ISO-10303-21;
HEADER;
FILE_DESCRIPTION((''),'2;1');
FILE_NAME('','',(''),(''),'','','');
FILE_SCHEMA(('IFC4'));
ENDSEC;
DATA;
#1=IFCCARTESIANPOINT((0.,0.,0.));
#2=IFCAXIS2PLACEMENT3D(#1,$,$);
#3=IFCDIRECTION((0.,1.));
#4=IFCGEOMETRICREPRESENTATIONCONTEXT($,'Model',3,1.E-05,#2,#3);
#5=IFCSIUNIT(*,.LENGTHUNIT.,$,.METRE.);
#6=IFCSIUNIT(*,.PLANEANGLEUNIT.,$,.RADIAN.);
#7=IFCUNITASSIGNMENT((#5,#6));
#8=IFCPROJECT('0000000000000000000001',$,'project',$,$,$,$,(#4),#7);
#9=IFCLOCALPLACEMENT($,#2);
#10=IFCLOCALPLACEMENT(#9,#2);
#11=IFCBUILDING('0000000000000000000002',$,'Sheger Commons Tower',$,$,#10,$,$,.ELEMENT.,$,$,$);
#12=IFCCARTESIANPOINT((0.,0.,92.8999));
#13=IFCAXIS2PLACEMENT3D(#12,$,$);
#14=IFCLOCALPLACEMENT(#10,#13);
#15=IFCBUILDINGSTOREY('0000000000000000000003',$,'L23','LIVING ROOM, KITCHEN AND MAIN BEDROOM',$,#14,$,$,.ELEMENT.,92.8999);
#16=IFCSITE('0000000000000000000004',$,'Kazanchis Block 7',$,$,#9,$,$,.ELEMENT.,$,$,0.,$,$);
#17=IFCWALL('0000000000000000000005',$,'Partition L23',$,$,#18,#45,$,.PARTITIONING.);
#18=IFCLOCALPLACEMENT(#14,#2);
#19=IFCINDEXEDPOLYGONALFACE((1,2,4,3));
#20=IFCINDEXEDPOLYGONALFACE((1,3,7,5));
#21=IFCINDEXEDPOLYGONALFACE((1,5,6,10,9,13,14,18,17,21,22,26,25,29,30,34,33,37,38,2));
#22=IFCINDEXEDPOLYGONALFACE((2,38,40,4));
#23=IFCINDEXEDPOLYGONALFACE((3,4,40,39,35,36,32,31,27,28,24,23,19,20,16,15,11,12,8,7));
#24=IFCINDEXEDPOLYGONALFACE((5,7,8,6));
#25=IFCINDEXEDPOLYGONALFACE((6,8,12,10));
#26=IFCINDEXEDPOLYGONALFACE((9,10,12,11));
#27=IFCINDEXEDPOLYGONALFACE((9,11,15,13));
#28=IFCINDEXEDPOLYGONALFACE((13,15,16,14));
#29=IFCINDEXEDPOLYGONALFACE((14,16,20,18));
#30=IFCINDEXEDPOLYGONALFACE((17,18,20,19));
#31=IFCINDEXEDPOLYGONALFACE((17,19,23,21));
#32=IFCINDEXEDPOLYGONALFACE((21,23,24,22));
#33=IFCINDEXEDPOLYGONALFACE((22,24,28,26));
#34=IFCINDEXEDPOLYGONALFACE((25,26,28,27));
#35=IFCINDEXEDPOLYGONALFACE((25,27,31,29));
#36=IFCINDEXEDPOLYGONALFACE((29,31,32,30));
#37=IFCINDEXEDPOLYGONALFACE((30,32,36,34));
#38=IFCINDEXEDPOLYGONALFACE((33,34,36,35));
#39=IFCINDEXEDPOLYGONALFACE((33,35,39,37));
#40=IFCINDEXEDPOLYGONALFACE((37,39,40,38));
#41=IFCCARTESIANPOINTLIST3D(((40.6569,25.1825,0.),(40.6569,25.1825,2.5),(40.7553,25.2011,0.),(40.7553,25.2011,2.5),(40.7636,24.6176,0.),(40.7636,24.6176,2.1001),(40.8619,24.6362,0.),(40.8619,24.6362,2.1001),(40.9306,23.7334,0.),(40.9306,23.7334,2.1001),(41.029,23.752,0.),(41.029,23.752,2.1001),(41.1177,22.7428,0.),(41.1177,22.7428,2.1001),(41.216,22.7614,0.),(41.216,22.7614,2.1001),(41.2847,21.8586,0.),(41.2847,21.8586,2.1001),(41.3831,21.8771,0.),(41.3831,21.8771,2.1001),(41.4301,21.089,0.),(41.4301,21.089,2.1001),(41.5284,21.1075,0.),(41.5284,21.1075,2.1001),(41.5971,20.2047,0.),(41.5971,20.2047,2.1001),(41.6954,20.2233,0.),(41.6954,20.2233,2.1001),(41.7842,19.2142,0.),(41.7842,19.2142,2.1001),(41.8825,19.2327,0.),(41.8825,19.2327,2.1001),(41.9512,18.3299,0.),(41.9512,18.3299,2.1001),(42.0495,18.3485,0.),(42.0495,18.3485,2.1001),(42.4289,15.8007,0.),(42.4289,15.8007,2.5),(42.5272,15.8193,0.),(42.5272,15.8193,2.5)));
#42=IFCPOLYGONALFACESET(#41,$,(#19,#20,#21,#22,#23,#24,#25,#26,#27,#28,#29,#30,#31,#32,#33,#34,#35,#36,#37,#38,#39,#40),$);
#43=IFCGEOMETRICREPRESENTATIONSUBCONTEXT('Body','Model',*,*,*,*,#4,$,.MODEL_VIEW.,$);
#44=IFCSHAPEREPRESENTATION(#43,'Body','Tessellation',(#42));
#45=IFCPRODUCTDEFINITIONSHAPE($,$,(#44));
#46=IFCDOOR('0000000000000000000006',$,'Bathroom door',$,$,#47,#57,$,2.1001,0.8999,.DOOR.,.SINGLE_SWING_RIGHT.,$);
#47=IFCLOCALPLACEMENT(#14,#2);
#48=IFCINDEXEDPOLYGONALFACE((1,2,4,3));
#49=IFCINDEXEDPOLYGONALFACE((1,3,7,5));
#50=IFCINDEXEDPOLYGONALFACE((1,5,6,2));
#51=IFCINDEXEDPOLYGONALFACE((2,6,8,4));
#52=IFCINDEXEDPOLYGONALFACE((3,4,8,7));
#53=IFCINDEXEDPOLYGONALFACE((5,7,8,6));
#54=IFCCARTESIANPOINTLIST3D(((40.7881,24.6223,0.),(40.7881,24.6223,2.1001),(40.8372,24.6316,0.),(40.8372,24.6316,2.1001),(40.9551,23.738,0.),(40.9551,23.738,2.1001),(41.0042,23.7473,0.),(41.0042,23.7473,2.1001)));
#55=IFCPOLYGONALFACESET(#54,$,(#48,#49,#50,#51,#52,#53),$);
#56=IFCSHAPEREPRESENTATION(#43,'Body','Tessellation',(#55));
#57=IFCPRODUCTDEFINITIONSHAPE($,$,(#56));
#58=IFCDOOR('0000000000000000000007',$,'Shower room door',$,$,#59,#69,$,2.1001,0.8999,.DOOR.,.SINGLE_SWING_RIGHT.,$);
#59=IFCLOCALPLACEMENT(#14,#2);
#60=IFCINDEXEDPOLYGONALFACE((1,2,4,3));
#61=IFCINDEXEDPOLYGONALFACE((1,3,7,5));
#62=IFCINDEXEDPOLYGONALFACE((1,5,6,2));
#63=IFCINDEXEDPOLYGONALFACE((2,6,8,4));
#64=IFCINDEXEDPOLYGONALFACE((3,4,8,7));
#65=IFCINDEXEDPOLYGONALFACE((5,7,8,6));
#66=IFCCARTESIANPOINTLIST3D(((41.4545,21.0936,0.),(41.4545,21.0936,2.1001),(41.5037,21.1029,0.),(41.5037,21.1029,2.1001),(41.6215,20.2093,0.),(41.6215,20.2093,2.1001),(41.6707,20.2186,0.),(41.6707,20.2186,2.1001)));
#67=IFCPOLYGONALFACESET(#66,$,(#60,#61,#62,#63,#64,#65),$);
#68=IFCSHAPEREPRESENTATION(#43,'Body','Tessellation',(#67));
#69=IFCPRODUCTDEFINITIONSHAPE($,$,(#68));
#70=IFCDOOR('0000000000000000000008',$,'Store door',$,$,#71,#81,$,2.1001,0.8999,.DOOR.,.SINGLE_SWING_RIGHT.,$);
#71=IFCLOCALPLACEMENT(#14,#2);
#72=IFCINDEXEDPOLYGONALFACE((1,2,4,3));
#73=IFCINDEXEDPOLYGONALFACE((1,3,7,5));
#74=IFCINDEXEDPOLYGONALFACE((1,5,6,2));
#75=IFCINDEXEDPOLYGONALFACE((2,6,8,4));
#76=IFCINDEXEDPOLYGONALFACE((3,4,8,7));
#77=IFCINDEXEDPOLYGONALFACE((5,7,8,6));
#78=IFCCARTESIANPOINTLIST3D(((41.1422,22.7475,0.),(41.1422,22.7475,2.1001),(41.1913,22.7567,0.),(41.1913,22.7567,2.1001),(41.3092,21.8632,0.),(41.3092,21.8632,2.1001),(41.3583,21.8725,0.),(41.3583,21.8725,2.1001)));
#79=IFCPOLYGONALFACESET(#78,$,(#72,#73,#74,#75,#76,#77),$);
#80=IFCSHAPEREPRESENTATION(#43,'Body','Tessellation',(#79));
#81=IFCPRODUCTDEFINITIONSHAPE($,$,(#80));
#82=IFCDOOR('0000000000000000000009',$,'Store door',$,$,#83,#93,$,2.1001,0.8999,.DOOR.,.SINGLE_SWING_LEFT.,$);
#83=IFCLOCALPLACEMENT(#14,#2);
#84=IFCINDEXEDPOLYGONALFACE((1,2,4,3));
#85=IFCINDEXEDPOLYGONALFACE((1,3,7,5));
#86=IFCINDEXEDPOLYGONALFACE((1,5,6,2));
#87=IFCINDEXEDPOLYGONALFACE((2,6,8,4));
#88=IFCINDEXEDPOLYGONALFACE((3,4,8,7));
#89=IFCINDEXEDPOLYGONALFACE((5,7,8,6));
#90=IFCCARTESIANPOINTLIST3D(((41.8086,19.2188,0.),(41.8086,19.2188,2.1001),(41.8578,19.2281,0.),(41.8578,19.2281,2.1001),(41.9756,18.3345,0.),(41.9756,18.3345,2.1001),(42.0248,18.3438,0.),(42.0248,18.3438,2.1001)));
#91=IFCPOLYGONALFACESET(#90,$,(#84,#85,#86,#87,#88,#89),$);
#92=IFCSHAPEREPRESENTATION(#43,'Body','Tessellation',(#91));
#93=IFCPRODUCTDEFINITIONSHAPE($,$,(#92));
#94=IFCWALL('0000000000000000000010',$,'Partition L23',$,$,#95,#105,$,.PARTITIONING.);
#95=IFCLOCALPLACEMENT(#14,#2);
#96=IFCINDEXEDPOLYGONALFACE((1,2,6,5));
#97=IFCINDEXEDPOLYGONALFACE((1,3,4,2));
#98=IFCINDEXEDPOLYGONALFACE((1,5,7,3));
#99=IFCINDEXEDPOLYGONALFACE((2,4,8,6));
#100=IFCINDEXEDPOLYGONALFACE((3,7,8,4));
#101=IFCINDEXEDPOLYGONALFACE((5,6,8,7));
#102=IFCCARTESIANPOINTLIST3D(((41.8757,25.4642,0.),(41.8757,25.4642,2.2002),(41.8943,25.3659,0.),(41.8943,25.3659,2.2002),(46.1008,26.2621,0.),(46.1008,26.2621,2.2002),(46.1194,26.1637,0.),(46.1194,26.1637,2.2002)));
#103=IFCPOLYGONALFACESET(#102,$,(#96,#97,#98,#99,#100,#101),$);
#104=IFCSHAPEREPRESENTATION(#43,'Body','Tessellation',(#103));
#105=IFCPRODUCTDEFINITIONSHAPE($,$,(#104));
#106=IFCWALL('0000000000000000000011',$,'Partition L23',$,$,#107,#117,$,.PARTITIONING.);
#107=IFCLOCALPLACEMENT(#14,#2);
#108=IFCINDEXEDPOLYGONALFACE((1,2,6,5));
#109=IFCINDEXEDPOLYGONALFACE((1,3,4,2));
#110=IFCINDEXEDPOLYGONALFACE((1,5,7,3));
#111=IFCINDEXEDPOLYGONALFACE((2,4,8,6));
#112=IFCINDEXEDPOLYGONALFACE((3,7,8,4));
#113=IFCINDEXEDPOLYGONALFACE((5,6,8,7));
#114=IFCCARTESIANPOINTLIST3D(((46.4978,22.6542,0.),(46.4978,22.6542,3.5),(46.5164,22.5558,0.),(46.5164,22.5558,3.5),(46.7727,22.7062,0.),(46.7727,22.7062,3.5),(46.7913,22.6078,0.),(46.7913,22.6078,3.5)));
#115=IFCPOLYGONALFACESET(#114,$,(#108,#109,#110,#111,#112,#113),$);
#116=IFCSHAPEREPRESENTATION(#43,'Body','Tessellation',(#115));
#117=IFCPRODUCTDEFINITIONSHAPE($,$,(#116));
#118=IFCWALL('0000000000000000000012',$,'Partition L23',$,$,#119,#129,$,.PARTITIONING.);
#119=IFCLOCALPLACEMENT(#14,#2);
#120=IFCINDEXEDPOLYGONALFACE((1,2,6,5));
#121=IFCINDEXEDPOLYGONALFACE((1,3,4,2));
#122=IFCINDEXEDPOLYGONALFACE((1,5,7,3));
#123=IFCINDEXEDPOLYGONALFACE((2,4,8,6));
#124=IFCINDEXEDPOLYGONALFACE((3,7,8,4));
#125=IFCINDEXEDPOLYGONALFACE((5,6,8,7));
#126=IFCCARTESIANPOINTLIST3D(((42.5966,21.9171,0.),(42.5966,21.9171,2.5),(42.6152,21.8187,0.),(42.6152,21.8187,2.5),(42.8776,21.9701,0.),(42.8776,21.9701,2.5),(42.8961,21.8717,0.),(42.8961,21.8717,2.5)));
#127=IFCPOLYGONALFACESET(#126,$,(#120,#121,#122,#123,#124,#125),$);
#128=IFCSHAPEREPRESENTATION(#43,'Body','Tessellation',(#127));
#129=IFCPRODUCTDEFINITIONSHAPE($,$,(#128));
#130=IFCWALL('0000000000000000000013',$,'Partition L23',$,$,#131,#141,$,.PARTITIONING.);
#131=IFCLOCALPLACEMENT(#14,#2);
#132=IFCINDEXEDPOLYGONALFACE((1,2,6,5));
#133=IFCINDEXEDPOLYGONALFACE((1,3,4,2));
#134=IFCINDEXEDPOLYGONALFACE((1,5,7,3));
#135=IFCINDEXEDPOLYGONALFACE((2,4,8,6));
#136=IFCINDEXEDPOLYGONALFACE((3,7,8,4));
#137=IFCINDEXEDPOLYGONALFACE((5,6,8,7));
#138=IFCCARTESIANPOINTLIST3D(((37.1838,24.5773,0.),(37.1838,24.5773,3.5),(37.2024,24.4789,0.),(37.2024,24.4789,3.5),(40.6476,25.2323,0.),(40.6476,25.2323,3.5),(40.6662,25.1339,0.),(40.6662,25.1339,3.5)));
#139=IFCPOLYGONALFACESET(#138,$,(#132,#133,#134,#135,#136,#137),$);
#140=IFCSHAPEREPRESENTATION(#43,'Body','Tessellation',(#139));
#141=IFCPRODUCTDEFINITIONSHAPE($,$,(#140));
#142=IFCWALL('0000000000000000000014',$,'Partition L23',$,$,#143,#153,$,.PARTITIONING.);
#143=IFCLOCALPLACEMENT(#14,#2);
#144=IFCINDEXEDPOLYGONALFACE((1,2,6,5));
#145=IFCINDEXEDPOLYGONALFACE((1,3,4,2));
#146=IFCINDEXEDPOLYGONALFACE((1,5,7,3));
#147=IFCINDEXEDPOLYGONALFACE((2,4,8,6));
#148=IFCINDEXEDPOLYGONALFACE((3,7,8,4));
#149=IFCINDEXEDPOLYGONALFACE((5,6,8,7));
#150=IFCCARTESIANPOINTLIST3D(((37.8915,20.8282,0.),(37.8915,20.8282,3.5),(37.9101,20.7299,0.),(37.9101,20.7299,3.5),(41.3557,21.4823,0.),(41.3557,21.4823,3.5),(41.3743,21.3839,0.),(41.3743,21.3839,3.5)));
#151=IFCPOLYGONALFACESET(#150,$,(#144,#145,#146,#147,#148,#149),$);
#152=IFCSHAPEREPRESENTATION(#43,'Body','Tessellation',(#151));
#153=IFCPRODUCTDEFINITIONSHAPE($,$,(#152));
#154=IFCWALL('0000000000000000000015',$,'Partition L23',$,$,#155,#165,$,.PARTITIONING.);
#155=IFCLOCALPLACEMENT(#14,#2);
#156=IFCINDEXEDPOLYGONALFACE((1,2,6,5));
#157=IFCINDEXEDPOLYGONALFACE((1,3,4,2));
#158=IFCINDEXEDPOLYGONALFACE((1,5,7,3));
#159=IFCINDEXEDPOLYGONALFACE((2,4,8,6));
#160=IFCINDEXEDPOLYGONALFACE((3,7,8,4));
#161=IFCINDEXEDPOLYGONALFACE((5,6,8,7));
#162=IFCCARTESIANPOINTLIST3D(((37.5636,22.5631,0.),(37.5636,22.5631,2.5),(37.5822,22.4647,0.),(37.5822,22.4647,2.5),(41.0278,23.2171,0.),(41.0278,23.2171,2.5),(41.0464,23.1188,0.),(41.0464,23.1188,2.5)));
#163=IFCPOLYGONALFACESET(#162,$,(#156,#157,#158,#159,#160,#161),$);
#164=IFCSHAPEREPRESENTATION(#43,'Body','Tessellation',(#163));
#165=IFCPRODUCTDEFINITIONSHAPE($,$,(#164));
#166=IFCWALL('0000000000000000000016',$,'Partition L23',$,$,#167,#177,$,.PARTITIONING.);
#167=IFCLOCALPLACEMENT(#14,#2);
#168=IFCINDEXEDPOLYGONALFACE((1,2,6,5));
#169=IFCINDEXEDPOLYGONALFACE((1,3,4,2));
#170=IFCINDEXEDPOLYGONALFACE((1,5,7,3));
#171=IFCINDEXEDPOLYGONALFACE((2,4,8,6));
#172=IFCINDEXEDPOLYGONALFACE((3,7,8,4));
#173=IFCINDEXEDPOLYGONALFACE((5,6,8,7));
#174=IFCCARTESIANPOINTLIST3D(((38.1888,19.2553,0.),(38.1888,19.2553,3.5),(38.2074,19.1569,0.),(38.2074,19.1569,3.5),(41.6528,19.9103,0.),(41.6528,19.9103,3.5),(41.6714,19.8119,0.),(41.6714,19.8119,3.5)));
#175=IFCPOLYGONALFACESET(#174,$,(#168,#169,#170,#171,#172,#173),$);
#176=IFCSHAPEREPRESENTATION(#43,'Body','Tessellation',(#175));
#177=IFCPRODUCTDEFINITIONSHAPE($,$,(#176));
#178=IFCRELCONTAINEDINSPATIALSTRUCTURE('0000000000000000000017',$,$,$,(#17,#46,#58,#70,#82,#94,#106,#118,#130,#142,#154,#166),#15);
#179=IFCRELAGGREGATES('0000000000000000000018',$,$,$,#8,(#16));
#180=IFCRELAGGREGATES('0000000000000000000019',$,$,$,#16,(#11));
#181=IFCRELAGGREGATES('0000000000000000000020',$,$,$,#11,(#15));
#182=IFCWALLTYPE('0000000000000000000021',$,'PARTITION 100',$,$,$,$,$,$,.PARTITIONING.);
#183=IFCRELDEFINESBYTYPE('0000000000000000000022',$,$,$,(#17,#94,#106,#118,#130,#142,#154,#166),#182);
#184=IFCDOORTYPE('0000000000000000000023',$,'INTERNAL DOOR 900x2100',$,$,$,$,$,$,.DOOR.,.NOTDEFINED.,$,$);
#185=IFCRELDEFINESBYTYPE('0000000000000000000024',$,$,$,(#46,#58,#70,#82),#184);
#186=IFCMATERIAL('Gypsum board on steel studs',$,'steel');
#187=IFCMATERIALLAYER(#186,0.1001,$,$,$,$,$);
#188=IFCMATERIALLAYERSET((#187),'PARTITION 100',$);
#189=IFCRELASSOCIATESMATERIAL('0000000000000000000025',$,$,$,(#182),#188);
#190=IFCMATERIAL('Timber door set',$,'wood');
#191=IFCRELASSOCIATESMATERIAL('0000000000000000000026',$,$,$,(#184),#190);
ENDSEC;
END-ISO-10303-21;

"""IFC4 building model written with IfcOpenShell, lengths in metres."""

from ifc_helpers import new_model, si_unit, direction, frame, frame_2d, origin, place, context, subcontext, project, spatial, rectangle, extrude, material, layer, layer_set, type_object, element, fill, save


model = new_model("IFC4")

# Units and contexts
model_context = context("Model", 3, precision=1e-05, world=origin(), true_north=direction((0.0, 1.0)))
body_context = subcontext(model_context, "Body", "Model", "MODEL_VIEW")
ifc_project = project(units=[si_unit("LENGTHUNIT", "METRE"), si_unit("PLANEANGLEUNIT", "RADIAN")], contexts=[model_context])

# Site, building, storey
site_placement = place(None, origin())
site = spatial("IfcSite", under=ifc_project, at=site_placement, Name="Kazanchis Block 7", CompositionType="ELEMENT", RefElevation=0.0)
building_placement = place(site_placement, origin())
building = spatial("IfcBuilding", under=site, at=building_placement, Name="Sheger Commons Tower", CompositionType="ELEMENT")
storey_placement = place(building_placement, frame((0.0, 0.0, 92.8999)))
storey = spatial("IfcBuildingStorey", under=building, at=storey_placement, Name="L23", Description="LIVING ROOM, KITCHEN AND MAIN BEDROOM", CompositionType="ELEMENT", Elevation=92.8999)

# Wall, openings, doors
ifc_material_1 = material(Name="Gypsum board on steel studs", Category="steel")
ifc_layer = layer(ifc_material_1, 0.1001)
ifc_layer_set = layer_set([ifc_layer], Name="PARTITION 100")
wall_type = type_object("IfcWallType", Name="PARTITION 100", PredefinedType="PARTITIONING", material=ifc_layer_set)
ifc_material_2 = material(Name="Timber door set", Category="wood")
door_type = type_object("IfcDoorType", Name="INTERNAL DOOR 900x2100", OperationType="NOTDEFINED", PredefinedType="DOOR", material=ifc_material_2)
wall_1_placement = place(storey_placement, frame((40.7061, 25.1919, 0.0), z_axis=(0.0, 0.0, 1.0), x_axis=(0.185591, -0.982627, 0.0)))
wall_1 = element("IfcWall", 1, at=wall_1_placement, inside=storey, type_object=wall_type, Name="Partition L23", PredefinedType="PARTITIONING", context=body_context, shape_type="SweptSolid", body=[
    extrude(rectangle(XDim=9.5476, YDim=0.1001, at=frame_2d((4.7739, 0.0))), origin(), (0.0, 0.0, 1.0), 2.5),
])
opening_1_placement = place(wall_1_placement, frame((0.575, 0.0, 0.0)))
opening_1 = element("IfcOpeningElement", 2, at=opening_1_placement, cuts=wall_1, PredefinedType="OPENING", context=body_context, shape_type="SweptSolid", body=[
    extrude(rectangle(XDim=0.8999, YDim=2.1001, at=frame_2d((0.45, 1.05))), frame((0.0, 0.0601, 0.0), z_axis=(0.0, -1.0, 0.0), x_axis=(1.0, 0.0, 0.0)), (0.0, 0.0, 1.0), 0.1201),
])
opening_2_placement = place(wall_1_placement, frame((4.166, 0.0, 0.0)))
opening_2 = element("IfcOpeningElement", 3, at=opening_2_placement, cuts=wall_1, PredefinedType="OPENING", context=body_context, shape_type="SweptSolid", body=[
    extrude(rectangle(XDim=0.8999, YDim=2.1001, at=frame_2d((0.45, 1.05))), frame((0.0, 0.0601, 0.0), z_axis=(0.0, -1.0, 0.0), x_axis=(1.0, 0.0, 0.0)), (0.0, 0.0, 1.0), 0.1201),
])
opening_3_placement = place(wall_1_placement, frame((2.4829, 0.0, 0.0)))
opening_3 = element("IfcOpeningElement", 4, at=opening_3_placement, cuts=wall_1, PredefinedType="OPENING", context=body_context, shape_type="SweptSolid", body=[
    extrude(rectangle(XDim=0.8999, YDim=2.1001, at=frame_2d((0.45, 1.05))), frame((0.0, 0.0601, 0.0), z_axis=(0.0, -1.0, 0.0), x_axis=(1.0, 0.0, 0.0)), (0.0, 0.0, 1.0), 0.1201),
])
opening_4_placement = place(wall_1_placement, frame((6.074, 0.0, 0.0)))
opening_4 = element("IfcOpeningElement", 5, at=opening_4_placement, cuts=wall_1, PredefinedType="OPENING", context=body_context, shape_type="SweptSolid", body=[
    extrude(rectangle(XDim=0.8999, YDim=2.1001, at=frame_2d((0.45, 1.05))), frame((0.0, 0.0601, 0.0), z_axis=(0.0, -1.0, 0.0), x_axis=(1.0, 0.0, 0.0)), (0.0, 0.0, 1.0), 0.1201),
])
door_1_placement = place(opening_1_placement, origin())
door_1 = element("IfcDoor", 6, at=door_1_placement, inside=storey, type_object=door_type, Name="Bathroom door", OperationType="SINGLE_SWING_RIGHT", OverallHeight=2.1001, OverallWidth=0.8999, PredefinedType="DOOR", context=body_context, shape_type="SweptSolid", body=[
    extrude(rectangle(XDim=0.8999, YDim=2.1001, at=frame_2d((0.45, 1.05))), frame((0.0, 0.0249, 0.0), z_axis=(0.0, -1.0, 0.0), x_axis=(1.0, 0.0, 0.0)), (0.0, 0.0, 1.0), 0.05),
])
fill(opening_1, door_1)
door_2_placement = place(opening_2_placement, origin())
door_2 = element("IfcDoor", 7, at=door_2_placement, inside=storey, type_object=door_type, Name="Shower room door", OperationType="SINGLE_SWING_RIGHT", OverallHeight=2.1001, OverallWidth=0.8999, PredefinedType="DOOR", context=body_context, shape_type="SweptSolid", body=[
    extrude(rectangle(XDim=0.8999, YDim=2.1001, at=frame_2d((0.45, 1.05))), frame((0.0, 0.0249, 0.0), z_axis=(0.0, -1.0, 0.0), x_axis=(1.0, 0.0, 0.0)), (0.0, 0.0, 1.0), 0.05),
])
fill(opening_2, door_2)
door_3_placement = place(opening_3_placement, origin())
door_3 = element("IfcDoor", 8, at=door_3_placement, inside=storey, type_object=door_type, Name="Store door", OperationType="SINGLE_SWING_RIGHT", OverallHeight=2.1001, OverallWidth=0.8999, PredefinedType="DOOR", context=body_context, shape_type="SweptSolid", body=[
    extrude(rectangle(XDim=0.8999, YDim=2.1001, at=frame_2d((0.45, 1.05))), frame((0.0, 0.0249, 0.0), z_axis=(0.0, -1.0, 0.0), x_axis=(1.0, 0.0, 0.0)), (0.0, 0.0, 1.0), 0.05),
])
fill(opening_3, door_3)
door_4_placement = place(opening_4_placement, origin())
door_4 = element("IfcDoor", 9, at=door_4_placement, inside=storey, type_object=door_type, Name="Store door", OperationType="SINGLE_SWING_LEFT", OverallHeight=2.1001, OverallWidth=0.8999, PredefinedType="DOOR", context=body_context, shape_type="SweptSolid", body=[
    extrude(rectangle(XDim=0.8999, YDim=2.1001, at=frame_2d((0.45, 1.05))), frame((0.0, 0.0249, 0.0), z_axis=(0.0, -1.0, 0.0), x_axis=(1.0, 0.0, 0.0)), (0.0, 0.0, 1.0), 0.05),
])
fill(opening_4, door_4)

# Walls
wall_2_placement = place(storey_placement, frame((46.1101, 26.2129, 0.0), z_axis=(0.0, 0.0, 1.0), x_axis=(-0.982634, -0.185557, 0.0)))
element("IfcWall", 10, at=wall_2_placement, inside=storey, type_object=wall_type, Name="Partition L23", PredefinedType="PARTITIONING", context=body_context, shape_type="SweptSolid", body=[
    extrude(rectangle(XDim=4.2998, YDim=0.1001, at=frame_2d((2.1499, 0.0))), origin(), (0.0, 0.0, 1.0), 2.2002),
])
wall_3_placement = place(storey_placement, frame((46.782, 22.657, 0.0), z_axis=(0.0, 0.0, 1.0), x_axis=(-0.982575, -0.185869, 0.0)))
element("IfcWall", 11, at=wall_3_placement, inside=storey, type_object=wall_type, Name="Partition L23", PredefinedType="PARTITIONING", context=body_context, shape_type="SweptSolid", body=[
    extrude(rectangle(XDim=0.2798, YDim=0.1001, at=frame_2d((0.1399, 0.0))), origin(), (0.0, 0.0, 1.0), 3.5),
])
wall_4_placement = place(storey_placement, frame((42.887, 21.9209, 0.0), z_axis=(0.0, 0.0, 1.0), x_axis=(-0.982688, -0.185268, 0.0)))
element("IfcWall", 12, at=wall_4_placement, inside=storey, type_object=wall_type, Name="Partition L23", PredefinedType="PARTITIONING", context=body_context, shape_type="SweptSolid", body=[
    extrude(rectangle(XDim=0.2859, YDim=0.1001, at=frame_2d((0.1431, 0.0))), origin(), (0.0, 0.0, 1.0), 2.5),
])
wall_5_placement = place(storey_placement, frame((40.657, 25.1831, 0.0), z_axis=(0.0, 0.0, 1.0), x_axis=(-0.982586, -0.18581, 0.0)))
element("IfcWall", 13, at=wall_5_placement, inside=storey, type_object=wall_type, Name="Partition L23", PredefinedType="PARTITIONING", context=body_context, shape_type="SweptSolid", body=[
    extrude(rectangle(XDim=3.5251, YDim=0.1001, at=frame_2d((1.7627, 0.0))), origin(), (0.0, 0.0, 1.0), 3.5),
])
wall_6_placement = place(storey_placement, frame((41.365, 21.4331, 0.0), z_axis=(0.0, 0.0, 1.0), x_axis=(-0.982639, -0.18553, 0.0)))
element("IfcWall", 14, at=wall_6_placement, inside=storey, type_object=wall_type, Name="Partition L23", PredefinedType="PARTITIONING", context=body_context, shape_type="SweptSolid", body=[
    extrude(rectangle(XDim=3.5254, YDim=0.1001, at=frame_2d((1.7627, 0.0))), origin(), (0.0, 0.0, 1.0), 3.5),
])
wall_7_placement = place(storey_placement, frame((41.0371, 23.168, 0.0), z_axis=(0.0, 0.0, 1.0), x_axis=(-0.982639, -0.18553, 0.0)))
element("IfcWall", 15, at=wall_7_placement, inside=storey, type_object=wall_type, Name="Partition L23", PredefinedType="PARTITIONING", context=body_context, shape_type="SweptSolid", body=[
    extrude(rectangle(XDim=3.5254, YDim=0.1001, at=frame_2d((1.7627, 0.0))), origin(), (0.0, 0.0, 1.0), 2.5),
])
wall_8_placement = place(storey_placement, frame((41.6621, 19.8611, 0.0), z_axis=(0.0, 0.0, 1.0), x_axis=(-0.982588, -0.185798, 0.0)))
element("IfcWall", 16, at=wall_8_placement, inside=storey, type_object=wall_type, Name="Partition L23", PredefinedType="PARTITIONING", context=body_context, shape_type="SweptSolid", body=[
    extrude(rectangle(XDim=3.5254, YDim=0.1001, at=frame_2d((1.7627, 0.0))), origin(), (0.0, 0.0, 1.0), 3.5),
])

save(model, "model.ifc")
